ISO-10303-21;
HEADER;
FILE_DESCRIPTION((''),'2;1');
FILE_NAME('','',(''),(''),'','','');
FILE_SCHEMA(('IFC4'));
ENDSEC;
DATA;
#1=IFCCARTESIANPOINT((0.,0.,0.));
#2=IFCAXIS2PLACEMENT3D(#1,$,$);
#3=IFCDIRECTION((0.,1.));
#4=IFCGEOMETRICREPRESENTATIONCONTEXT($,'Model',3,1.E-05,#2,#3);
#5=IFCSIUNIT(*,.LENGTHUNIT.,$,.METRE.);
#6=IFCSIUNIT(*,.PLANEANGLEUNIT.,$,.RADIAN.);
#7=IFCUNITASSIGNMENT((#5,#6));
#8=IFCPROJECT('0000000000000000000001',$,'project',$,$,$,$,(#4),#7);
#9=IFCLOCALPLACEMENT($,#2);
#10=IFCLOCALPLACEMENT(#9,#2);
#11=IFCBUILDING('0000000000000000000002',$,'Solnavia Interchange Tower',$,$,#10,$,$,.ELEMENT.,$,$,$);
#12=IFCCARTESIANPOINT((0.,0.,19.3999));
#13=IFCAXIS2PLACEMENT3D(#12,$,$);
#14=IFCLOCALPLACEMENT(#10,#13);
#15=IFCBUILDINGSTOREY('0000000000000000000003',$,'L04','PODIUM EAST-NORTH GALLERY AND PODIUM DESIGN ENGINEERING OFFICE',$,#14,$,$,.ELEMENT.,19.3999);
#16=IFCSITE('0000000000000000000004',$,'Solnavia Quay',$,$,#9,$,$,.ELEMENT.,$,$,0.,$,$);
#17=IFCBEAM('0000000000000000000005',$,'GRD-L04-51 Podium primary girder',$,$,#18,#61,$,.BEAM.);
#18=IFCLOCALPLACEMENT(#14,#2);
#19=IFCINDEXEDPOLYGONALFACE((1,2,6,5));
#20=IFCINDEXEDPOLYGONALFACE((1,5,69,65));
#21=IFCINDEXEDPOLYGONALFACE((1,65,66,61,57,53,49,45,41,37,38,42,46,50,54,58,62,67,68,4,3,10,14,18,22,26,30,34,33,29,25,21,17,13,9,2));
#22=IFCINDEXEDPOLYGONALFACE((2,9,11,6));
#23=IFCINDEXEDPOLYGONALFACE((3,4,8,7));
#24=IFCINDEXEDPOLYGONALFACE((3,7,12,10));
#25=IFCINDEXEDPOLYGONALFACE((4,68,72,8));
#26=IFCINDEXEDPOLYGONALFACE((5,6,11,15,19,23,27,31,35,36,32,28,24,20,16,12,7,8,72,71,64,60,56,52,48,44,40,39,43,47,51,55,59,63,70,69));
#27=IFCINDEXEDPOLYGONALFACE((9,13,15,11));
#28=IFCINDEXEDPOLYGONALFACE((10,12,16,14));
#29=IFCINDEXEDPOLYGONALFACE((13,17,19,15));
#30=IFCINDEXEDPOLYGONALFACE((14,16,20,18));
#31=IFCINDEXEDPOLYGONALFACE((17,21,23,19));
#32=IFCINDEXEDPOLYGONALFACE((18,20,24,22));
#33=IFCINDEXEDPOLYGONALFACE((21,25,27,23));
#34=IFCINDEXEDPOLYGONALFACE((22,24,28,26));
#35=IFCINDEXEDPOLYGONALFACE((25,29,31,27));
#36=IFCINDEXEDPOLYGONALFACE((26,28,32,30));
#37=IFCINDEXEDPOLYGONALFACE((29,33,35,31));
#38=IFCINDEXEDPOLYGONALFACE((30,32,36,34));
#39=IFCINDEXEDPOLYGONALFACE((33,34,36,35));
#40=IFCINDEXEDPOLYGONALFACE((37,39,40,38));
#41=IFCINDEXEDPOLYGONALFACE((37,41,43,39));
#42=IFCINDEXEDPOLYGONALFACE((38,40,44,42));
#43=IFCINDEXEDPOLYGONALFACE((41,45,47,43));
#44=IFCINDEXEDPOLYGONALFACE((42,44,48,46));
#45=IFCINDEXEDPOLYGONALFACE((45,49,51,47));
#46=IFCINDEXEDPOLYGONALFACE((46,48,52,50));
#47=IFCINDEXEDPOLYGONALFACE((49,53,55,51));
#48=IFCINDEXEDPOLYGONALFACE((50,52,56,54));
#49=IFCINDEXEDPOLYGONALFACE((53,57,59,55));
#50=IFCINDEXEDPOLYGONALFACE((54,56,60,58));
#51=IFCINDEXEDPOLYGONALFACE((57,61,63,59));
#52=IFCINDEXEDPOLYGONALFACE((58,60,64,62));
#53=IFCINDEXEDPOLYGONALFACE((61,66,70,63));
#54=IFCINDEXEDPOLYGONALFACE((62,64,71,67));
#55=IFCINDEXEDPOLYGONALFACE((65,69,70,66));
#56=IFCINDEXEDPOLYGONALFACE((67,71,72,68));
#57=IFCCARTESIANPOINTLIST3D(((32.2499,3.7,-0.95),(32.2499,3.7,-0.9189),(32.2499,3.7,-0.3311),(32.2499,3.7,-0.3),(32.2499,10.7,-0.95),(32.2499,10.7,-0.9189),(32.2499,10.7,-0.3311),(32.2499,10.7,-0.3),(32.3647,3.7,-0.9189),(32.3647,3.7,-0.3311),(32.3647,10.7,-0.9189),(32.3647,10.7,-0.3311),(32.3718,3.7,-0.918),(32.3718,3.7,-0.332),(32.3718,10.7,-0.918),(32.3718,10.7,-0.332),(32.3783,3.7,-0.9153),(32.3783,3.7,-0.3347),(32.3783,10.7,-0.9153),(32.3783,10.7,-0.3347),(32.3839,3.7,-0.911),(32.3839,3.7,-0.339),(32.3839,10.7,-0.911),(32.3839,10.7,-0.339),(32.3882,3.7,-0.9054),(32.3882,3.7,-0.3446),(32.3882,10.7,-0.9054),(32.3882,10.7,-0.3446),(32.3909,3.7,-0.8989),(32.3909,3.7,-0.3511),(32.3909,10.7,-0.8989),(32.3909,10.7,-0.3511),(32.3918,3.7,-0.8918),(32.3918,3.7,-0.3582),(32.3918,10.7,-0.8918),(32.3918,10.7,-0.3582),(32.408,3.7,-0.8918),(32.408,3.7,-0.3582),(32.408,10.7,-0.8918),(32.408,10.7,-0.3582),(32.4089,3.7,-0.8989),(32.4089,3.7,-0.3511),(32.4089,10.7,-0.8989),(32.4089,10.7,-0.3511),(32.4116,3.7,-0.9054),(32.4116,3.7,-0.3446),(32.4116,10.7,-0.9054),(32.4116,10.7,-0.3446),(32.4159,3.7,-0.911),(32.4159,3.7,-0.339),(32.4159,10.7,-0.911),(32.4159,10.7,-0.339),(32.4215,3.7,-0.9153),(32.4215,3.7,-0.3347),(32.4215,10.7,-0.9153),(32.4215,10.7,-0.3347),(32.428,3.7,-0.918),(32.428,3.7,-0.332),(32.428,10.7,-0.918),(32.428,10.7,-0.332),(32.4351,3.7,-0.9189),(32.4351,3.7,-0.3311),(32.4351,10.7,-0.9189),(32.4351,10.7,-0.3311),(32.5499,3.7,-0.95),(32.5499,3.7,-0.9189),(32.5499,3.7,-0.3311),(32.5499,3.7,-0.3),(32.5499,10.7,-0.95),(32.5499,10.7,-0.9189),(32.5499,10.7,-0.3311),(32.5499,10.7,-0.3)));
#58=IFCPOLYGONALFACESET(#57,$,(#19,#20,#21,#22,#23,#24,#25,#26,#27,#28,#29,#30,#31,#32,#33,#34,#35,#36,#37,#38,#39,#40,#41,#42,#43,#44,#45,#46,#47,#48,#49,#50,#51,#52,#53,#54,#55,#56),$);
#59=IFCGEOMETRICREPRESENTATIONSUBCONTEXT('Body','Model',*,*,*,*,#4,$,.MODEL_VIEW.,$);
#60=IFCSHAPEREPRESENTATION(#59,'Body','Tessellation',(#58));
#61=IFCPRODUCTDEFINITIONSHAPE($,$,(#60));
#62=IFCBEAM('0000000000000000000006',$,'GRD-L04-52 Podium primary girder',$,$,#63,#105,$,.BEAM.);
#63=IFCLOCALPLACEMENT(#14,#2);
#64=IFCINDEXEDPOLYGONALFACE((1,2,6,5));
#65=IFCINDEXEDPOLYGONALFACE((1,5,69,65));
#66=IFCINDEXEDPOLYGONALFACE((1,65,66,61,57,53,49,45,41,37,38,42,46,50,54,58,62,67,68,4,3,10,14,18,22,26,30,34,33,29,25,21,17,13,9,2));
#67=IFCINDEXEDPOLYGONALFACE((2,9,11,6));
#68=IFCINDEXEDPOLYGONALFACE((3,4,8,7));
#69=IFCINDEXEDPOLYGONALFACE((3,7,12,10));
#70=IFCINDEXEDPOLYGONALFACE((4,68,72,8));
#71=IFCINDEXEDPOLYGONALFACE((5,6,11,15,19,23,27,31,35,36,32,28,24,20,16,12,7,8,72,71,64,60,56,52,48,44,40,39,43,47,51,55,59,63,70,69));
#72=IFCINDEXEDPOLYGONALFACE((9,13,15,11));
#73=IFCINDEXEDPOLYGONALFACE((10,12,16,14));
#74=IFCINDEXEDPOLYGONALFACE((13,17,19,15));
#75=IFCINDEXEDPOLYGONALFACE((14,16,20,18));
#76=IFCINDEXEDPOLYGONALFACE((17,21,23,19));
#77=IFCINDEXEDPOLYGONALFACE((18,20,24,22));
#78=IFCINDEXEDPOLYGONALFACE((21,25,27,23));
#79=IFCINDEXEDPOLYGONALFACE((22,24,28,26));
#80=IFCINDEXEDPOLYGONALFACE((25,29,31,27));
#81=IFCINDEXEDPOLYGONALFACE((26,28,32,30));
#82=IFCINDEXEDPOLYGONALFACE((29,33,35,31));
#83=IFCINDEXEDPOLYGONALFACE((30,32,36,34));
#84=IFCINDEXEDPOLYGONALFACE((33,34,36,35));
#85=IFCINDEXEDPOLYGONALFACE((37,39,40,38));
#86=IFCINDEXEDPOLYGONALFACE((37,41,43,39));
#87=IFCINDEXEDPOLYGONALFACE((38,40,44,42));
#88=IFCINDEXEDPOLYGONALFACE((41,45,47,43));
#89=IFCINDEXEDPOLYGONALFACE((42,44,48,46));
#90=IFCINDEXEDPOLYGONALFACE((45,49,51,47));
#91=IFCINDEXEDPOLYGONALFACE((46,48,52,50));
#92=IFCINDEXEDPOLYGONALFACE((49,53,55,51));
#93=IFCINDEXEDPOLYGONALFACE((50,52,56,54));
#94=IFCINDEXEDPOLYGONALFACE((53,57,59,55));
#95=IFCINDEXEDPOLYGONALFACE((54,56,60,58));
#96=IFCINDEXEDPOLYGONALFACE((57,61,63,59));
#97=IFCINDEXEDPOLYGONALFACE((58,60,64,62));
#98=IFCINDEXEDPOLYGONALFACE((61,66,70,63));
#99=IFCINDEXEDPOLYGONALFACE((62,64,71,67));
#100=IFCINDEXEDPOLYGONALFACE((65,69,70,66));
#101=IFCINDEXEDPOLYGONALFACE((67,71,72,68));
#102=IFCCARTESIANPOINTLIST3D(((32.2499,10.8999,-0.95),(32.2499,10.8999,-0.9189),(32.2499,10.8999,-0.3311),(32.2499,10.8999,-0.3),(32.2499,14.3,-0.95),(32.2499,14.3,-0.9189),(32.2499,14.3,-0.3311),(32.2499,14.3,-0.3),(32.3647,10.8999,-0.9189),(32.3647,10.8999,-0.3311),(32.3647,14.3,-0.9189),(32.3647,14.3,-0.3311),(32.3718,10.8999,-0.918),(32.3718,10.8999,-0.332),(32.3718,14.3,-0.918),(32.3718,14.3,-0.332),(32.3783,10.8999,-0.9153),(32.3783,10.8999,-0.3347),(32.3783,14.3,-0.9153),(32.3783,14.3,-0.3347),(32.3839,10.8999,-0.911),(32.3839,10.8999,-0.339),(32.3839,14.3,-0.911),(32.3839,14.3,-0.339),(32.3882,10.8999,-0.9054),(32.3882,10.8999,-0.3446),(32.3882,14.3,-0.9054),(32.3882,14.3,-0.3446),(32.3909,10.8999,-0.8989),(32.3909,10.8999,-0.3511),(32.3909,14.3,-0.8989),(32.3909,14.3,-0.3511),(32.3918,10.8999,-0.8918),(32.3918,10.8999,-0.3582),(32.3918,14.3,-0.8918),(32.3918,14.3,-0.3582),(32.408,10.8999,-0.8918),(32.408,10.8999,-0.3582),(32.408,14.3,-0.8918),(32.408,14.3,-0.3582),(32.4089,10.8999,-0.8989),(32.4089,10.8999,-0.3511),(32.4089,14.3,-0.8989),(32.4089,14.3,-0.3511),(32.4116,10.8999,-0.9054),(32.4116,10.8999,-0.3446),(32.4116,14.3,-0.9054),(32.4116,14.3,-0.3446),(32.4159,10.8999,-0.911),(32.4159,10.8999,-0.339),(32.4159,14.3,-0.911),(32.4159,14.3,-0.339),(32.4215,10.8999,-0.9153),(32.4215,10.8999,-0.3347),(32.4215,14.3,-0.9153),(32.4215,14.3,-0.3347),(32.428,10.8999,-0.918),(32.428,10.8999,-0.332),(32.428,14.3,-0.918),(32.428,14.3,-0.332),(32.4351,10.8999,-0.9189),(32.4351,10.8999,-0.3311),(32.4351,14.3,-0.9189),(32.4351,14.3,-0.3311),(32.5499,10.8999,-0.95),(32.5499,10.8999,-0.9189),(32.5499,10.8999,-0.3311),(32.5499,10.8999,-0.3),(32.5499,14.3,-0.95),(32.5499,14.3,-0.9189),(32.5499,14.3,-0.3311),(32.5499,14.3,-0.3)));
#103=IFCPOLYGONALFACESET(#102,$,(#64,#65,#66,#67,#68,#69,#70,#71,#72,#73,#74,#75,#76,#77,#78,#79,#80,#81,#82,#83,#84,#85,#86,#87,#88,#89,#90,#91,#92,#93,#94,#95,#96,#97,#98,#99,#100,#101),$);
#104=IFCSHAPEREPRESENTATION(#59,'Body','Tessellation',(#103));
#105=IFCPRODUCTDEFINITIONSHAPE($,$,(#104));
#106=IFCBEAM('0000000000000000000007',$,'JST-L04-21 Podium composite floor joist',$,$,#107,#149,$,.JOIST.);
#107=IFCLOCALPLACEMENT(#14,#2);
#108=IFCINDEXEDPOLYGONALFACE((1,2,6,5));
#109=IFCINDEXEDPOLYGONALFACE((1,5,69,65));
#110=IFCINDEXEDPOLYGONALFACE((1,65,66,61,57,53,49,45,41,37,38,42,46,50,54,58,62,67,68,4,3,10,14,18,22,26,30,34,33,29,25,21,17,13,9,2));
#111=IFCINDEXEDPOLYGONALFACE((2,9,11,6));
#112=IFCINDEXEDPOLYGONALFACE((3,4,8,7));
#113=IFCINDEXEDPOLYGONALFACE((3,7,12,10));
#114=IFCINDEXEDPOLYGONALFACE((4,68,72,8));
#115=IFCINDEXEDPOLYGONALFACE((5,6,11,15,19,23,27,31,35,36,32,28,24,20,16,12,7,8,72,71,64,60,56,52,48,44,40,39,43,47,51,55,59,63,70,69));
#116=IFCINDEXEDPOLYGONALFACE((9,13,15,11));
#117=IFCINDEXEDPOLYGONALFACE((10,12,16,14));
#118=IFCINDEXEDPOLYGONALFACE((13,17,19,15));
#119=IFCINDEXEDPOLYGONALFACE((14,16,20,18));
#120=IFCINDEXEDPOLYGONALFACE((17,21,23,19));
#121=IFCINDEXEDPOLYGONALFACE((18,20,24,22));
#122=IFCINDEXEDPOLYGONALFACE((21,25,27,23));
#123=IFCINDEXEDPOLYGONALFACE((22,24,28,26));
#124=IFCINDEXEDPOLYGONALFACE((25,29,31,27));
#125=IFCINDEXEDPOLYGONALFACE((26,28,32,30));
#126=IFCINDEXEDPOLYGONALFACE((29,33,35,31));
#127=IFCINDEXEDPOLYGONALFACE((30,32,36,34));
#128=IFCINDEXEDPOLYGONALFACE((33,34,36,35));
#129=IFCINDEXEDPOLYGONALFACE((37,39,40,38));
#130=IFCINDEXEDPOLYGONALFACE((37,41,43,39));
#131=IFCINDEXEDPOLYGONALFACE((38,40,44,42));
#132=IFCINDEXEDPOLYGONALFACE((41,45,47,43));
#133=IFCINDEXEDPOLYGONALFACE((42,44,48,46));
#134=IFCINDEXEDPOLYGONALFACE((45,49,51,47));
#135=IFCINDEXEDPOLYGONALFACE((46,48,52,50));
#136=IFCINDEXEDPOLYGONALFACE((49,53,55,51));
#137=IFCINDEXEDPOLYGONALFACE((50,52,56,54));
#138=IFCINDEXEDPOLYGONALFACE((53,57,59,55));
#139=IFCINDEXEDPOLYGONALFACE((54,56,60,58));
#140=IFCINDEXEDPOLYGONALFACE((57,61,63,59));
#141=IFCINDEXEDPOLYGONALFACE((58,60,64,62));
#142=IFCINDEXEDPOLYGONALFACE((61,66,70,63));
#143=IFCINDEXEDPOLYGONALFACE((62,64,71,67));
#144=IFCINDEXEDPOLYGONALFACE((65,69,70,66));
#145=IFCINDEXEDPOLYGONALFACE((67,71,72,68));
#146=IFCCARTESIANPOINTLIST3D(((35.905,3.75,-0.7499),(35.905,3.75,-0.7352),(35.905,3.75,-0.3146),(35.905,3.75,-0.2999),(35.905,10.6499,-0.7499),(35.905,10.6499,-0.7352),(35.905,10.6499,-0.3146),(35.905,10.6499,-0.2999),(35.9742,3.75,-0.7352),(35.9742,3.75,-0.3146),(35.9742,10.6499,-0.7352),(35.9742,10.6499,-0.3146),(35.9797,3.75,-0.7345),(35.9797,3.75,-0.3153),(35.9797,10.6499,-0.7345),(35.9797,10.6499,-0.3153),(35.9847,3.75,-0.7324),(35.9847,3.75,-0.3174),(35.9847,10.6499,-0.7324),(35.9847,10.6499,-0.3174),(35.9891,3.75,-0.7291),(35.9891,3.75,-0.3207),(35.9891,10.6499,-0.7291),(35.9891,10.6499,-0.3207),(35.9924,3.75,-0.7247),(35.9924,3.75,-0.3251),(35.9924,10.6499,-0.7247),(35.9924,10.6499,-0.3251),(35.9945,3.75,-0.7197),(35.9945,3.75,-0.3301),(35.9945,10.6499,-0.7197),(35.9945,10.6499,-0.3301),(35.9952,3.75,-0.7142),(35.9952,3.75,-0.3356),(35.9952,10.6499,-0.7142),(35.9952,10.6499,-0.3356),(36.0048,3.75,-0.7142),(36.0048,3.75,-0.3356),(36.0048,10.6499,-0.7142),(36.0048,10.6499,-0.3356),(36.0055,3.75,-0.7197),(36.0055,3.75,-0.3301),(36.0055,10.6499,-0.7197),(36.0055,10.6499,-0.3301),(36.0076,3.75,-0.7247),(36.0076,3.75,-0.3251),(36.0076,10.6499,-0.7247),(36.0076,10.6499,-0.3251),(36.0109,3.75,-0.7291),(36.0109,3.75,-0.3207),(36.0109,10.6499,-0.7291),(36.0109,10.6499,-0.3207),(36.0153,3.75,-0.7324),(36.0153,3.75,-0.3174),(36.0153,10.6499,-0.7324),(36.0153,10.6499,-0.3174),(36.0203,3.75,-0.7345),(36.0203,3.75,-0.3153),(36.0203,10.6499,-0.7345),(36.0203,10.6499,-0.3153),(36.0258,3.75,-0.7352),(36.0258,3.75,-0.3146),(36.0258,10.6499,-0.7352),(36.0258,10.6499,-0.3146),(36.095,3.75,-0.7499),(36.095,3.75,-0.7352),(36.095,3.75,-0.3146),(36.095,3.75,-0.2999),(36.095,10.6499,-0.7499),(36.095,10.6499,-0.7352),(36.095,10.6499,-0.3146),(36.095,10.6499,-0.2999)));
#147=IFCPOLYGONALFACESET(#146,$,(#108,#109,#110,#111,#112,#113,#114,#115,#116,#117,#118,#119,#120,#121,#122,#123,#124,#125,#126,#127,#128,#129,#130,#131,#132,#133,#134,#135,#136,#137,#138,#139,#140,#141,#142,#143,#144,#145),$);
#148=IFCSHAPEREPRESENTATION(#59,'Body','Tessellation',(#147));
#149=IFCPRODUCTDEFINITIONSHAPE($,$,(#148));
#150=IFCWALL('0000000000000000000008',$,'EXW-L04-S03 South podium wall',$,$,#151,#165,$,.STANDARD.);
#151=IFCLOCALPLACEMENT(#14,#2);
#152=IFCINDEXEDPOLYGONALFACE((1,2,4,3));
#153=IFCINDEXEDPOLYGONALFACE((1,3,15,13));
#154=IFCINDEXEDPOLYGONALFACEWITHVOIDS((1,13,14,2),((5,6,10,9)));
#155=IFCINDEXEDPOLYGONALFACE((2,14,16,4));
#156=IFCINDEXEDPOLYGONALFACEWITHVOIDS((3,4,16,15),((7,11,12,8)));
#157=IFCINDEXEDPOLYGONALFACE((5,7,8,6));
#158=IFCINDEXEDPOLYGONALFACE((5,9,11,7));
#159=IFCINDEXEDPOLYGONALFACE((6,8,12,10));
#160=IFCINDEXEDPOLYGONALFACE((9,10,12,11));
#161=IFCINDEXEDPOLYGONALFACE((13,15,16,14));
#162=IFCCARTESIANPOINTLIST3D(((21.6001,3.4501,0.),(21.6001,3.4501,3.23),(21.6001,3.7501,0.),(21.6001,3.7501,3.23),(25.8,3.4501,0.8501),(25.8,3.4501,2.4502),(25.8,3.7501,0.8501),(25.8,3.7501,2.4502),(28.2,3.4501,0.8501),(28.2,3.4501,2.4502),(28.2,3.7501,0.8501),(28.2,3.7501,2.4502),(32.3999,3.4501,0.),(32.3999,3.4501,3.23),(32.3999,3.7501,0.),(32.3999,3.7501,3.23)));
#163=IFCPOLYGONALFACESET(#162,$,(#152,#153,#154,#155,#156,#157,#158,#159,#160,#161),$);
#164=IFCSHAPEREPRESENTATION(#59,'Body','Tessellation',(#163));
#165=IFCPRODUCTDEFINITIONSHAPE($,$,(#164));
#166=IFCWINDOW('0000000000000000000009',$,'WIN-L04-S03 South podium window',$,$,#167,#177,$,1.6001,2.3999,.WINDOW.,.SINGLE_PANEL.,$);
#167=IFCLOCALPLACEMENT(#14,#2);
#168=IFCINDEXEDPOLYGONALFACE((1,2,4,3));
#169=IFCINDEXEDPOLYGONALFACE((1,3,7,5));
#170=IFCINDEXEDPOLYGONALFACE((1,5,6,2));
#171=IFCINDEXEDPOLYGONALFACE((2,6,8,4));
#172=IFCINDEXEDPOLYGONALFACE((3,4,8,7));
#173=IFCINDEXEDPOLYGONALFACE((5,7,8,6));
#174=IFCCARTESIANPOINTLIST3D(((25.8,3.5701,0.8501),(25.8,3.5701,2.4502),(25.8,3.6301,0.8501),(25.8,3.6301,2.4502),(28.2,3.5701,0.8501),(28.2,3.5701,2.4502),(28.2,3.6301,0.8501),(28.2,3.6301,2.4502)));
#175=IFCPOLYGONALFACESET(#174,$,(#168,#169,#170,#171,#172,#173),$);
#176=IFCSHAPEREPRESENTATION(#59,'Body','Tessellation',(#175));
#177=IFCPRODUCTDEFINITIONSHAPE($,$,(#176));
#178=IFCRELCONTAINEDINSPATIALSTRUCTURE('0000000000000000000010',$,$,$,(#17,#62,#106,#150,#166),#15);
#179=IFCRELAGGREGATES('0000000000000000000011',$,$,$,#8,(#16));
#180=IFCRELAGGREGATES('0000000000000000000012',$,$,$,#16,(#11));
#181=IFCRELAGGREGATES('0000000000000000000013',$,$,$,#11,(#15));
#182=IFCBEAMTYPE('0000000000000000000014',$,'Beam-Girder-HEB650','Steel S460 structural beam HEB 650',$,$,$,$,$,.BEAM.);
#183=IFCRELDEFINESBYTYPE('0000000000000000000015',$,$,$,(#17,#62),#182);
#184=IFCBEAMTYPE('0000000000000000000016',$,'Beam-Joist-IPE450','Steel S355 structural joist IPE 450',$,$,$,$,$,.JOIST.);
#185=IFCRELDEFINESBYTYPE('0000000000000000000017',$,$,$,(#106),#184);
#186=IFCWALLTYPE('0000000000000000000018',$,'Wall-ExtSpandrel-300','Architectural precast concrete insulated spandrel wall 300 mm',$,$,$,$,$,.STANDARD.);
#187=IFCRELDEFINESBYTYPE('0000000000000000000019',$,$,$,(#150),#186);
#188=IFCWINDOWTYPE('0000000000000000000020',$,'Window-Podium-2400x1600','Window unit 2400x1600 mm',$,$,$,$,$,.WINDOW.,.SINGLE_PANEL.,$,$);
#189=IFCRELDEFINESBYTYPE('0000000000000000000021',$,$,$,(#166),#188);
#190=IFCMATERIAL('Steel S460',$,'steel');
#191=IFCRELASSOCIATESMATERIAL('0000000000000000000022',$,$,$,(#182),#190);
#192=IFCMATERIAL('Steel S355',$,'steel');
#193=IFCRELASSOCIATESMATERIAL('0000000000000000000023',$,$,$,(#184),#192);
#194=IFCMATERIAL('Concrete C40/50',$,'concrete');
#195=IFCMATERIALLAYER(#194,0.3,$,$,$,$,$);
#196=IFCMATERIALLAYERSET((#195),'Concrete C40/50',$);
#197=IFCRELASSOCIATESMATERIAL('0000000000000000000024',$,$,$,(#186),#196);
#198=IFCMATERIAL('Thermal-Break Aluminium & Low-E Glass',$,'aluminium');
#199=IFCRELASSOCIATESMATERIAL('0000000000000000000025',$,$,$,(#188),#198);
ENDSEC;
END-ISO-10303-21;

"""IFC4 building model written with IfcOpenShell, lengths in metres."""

from ifc_helpers import new_model, si_unit, direction, frame, frame_2d, origin, origin_2d, place, context, subcontext, project, spatial, rectangle, i_section, extrude, material, layer, layer_set, material_profile, profile_set, type_object, element, fill, save


model = new_model("IFC4")

# Units and contexts
model_context = context("Model", 3, precision=1e-05, world=origin(), true_north=direction((0.0, 1.0)))
body_context = subcontext(model_context, "Body", "Model", "MODEL_VIEW")
ifc_project = project(units=[si_unit("LENGTHUNIT", "METRE"), si_unit("PLANEANGLEUNIT", "RADIAN")], contexts=[model_context])

# Site, building, storey
site_placement = place(None, origin())
site = spatial("IfcSite", under=ifc_project, at=site_placement, Name="Solnavia Quay", CompositionType="ELEMENT", RefElevation=0.0)
building_placement = place(site_placement, origin())
building = spatial("IfcBuilding", under=site, at=building_placement, Name="Solnavia Interchange Tower", CompositionType="ELEMENT")
storey_placement = place(building_placement, frame((0.0, 0.0, 19.3999)))
storey = spatial("IfcBuildingStorey", under=building, at=storey_placement, Name="L04", Description="PODIUM EAST-NORTH GALLERY AND PODIUM DESIGN ENGINEERING OFFICE", CompositionType="ELEMENT", Elevation=19.3999)

# Beams
ifc_material_1 = material(Name="Steel S460", Category="steel")
ifc_material_profile_1 = material_profile(ifc_material_1, i_section(OverallWidth=0.3, OverallDepth=0.6499, WebThickness=0.0161, FlangeThickness=0.031, FilletRadius=0.0271, at=origin_2d()), Name="HEB 650")
ifc_profile_set_1 = profile_set([ifc_material_profile_1], Name="Steel S460")
beam_type_1 = type_object("IfcBeamType", Name="Beam-Girder-HEB650", Description="Steel S460 structural beam HEB 650", PredefinedType="BEAM", material=ifc_profile_set_1)
beam_1_placement = place(storey_placement, frame((32.3999, 3.7, -0.625), z_axis=(0.0, 1.0, 0.0), x_axis=(-1.0, 0.0, 0.0)))
element("IfcBeam", 1, at=beam_1_placement, inside=storey, type_object=beam_type_1, Name="GRD-L04-51 Podium primary girder", PredefinedType="BEAM", context=body_context, shape_type="SweptSolid", body=[
    extrude(i_section(OverallWidth=0.3, OverallDepth=0.6499, WebThickness=0.0161, FlangeThickness=0.031, FilletRadius=0.0271, at=origin_2d()), origin(), (0.0, 0.0, 1.0), 7.0),
])
beam_2_placement = place(storey_placement, frame((32.3999, 10.8999, -0.625), z_axis=(0.0, 1.0, 0.0), x_axis=(-1.0, 0.0, 0.0)))
element("IfcBeam", 2, at=beam_2_placement, inside=storey, type_object=beam_type_1, Name="GRD-L04-52 Podium primary girder", PredefinedType="BEAM", context=body_context, shape_type="SweptSolid", body=[
    extrude(i_section(OverallWidth=0.3, OverallDepth=0.6499, WebThickness=0.0161, FlangeThickness=0.031, FilletRadius=0.0271, at=origin_2d()), origin(), (0.0, 0.0, 1.0), 3.4001),
])
ifc_material_2 = material(Name="Steel S355", Category="steel")
ifc_material_profile_2 = material_profile(ifc_material_2, i_section(OverallWidth=0.1899, OverallDepth=0.45, WebThickness=0.0095, FlangeThickness=0.0146, FilletRadius=0.021, at=origin_2d()), Name="IPE 450")
ifc_profile_set_2 = profile_set([ifc_material_profile_2], Name="Steel S355")
beam_type_2 = type_object("IfcBeamType", Name="Beam-Joist-IPE450", Description="Steel S355 structural joist IPE 450", PredefinedType="JOIST", material=ifc_profile_set_2)
beam_3_placement = place(storey_placement, frame((36.0, 3.75, -0.5249), z_axis=(0.0, 1.0, 0.0), x_axis=(-1.0, 0.0, 0.0)))
element("IfcBeam", 3, at=beam_3_placement, inside=storey, type_object=beam_type_2, Name="JST-L04-21 Podium composite floor joist", PredefinedType="JOIST", context=body_context, shape_type="SweptSolid", body=[
    extrude(i_section(OverallWidth=0.1899, OverallDepth=0.45, WebThickness=0.0095, FlangeThickness=0.0146, FilletRadius=0.021, at=origin_2d()), origin(), (0.0, 0.0, 1.0), 6.8999),
])

# Wall, opening, window
ifc_material_3 = material(Name="Concrete C40/50", Category="concrete")
ifc_layer_1 = layer(ifc_material_3, 0.3)
ifc_layer_set_1 = layer_set([ifc_layer_1], Name="Concrete C40/50")
wall_type_1 = type_object("IfcWallType", Name="Wall-ExtSpandrel-300", Description="Architectural precast concrete insulated spandrel wall 300 mm", PredefinedType="STANDARD", material=ifc_layer_set_1)
wall_1_placement = place(storey_placement, frame((32.3999, 3.6001, 0.0), z_axis=(0.0, 0.0, 1.0), x_axis=(-1.0, 0.0, 0.0)))
wall_1 = element("IfcWall", 4, at=wall_1_placement, inside=storey, type_object=wall_type_1, Name="EXW-L04-S03 South podium wall", PredefinedType="STANDARD", context=body_context, shape_type="SweptSolid", body=[
    extrude(rectangle(XDim=10.7998, YDim=0.3, at=frame_2d((5.3999, 0.0))), origin(), (0.0, 0.0, 1.0), 3.23),
])
opening_1_placement = place(wall_1_placement, frame((4.2, 0.0, 0.8501)))
opening_1 = element("IfcOpeningElement", 5, at=opening_1_placement, cuts=wall_1, PredefinedType="OPENING", context=body_context, shape_type="SweptSolid", body=[
    extrude(rectangle(XDim=2.3999, YDim=1.6001, at=frame_2d((1.2, 0.8))), frame((0.0, 0.1602, 0.0), z_axis=(0.0, -1.0, 0.0), x_axis=(1.0, 0.0, 0.0)), (0.0, 0.0, 1.0), 0.3201),
])
ifc_material_4 = material(Name="Thermal-Break Aluminium & Low-E Glass", Category="aluminium")
window_type = type_object("IfcWindowType", Name="Window-Podium-2400x1600", Description="Window unit 2400x1600 mm", PartitioningType="SINGLE_PANEL", PredefinedType="WINDOW", material=ifc_material_4)
window_placement = place(opening_1_placement, origin())
window = element("IfcWindow", 6, at=window_placement, inside=storey, type_object=window_type, Name="WIN-L04-S03 South podium window", OverallHeight=1.6001, OverallWidth=2.3999, PartitioningType="SINGLE_PANEL", PredefinedType="WINDOW", context=body_context, shape_type="SweptSolid", body=[
    extrude(rectangle(XDim=2.3999, YDim=1.6001, at=frame_2d((1.2, 0.8))), frame((0.0, 0.03, 0.0), z_axis=(0.0, -1.0, 0.0), x_axis=(1.0, 0.0, 0.0)), (0.0, 0.0, 1.0), 0.0601),
])
fill(opening_1, window)

save(model, "model.ifc")
